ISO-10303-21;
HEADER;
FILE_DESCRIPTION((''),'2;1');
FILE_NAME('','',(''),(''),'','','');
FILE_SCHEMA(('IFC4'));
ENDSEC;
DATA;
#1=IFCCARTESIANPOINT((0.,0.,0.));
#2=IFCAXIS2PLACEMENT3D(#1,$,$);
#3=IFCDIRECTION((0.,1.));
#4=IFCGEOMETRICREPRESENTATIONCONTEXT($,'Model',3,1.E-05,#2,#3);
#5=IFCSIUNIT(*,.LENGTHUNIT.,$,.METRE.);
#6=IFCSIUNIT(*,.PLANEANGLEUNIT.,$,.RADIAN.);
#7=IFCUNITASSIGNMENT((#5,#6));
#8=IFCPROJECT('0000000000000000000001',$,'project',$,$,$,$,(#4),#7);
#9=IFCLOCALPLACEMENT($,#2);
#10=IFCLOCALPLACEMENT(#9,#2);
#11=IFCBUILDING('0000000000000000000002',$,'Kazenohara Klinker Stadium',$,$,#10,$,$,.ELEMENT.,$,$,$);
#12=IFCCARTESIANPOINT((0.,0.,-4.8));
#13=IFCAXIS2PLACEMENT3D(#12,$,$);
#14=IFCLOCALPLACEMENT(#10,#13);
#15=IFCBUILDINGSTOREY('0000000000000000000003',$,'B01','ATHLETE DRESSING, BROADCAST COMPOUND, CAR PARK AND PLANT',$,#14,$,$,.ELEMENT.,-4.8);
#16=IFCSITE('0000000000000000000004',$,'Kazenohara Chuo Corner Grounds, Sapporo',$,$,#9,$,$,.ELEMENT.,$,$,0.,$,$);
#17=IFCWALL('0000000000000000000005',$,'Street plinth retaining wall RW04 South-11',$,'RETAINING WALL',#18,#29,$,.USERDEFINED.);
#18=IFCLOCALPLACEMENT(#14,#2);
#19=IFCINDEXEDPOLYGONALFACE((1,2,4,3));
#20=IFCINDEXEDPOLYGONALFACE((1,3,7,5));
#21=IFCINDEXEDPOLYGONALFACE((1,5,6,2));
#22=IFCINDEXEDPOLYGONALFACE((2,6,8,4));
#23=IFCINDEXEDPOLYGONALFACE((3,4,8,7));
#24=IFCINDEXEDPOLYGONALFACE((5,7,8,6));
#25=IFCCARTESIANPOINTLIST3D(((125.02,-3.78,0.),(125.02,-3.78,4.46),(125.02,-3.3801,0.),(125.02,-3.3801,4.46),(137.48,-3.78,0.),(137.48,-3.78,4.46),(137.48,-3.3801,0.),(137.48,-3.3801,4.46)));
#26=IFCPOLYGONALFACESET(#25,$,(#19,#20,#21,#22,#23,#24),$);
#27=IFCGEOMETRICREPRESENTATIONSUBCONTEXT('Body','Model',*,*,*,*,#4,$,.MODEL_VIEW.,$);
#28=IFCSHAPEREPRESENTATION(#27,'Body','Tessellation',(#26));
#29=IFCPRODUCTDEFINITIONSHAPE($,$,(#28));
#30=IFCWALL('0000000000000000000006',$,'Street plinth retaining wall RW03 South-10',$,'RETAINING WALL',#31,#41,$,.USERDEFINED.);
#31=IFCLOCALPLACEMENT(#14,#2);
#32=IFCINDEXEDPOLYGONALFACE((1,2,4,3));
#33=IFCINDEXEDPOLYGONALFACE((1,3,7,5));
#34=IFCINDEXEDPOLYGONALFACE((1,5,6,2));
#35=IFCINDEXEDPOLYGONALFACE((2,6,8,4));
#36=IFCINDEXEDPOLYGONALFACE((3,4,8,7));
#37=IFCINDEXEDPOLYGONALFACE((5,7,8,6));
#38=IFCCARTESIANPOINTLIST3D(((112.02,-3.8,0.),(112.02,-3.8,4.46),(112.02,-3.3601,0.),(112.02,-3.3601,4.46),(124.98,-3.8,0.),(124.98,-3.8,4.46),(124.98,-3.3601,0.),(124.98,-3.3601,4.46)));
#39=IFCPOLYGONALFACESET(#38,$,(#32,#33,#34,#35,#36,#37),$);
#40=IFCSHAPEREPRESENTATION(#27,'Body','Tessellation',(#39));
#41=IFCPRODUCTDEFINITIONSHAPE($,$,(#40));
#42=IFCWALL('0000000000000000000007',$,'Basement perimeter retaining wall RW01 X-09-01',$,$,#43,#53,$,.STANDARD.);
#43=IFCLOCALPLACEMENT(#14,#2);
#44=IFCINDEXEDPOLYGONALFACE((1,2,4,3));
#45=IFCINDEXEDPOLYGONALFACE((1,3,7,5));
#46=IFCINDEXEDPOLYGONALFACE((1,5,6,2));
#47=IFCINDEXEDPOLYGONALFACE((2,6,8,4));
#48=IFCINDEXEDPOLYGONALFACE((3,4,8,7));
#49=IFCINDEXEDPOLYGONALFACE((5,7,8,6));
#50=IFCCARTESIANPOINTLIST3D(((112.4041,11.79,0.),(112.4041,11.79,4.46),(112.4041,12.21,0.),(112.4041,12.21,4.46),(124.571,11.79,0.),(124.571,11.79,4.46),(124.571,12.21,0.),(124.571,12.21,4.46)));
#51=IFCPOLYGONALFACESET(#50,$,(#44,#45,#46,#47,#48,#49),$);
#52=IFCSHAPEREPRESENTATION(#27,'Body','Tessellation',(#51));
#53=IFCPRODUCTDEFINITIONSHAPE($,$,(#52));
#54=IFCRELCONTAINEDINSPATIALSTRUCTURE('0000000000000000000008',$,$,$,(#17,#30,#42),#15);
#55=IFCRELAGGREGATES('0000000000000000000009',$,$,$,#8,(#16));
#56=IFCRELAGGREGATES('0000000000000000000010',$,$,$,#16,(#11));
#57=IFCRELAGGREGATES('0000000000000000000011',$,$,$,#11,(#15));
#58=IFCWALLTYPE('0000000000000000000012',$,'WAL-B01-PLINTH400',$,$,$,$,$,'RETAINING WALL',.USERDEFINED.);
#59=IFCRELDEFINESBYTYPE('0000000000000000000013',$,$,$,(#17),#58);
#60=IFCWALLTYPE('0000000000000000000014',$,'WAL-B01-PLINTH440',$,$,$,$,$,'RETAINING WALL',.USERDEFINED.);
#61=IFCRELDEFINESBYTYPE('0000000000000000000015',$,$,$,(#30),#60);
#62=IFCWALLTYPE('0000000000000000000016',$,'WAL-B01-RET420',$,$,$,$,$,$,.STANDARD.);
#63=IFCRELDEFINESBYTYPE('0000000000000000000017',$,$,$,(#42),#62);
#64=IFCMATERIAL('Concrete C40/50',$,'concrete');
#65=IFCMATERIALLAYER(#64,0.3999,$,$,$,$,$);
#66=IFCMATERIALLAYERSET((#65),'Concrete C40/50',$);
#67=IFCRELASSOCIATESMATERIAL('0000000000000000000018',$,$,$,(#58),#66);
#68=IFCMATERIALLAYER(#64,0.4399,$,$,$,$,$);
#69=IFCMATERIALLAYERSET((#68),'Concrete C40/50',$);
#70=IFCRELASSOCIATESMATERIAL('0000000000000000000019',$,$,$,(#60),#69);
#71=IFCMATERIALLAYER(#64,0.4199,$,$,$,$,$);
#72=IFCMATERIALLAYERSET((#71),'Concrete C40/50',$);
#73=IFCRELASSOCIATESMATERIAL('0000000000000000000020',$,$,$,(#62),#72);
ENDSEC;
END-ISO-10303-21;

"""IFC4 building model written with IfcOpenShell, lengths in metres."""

from ifc_helpers import new_model, si_unit, direction, frame, frame_2d, origin, place, context, subcontext, project, spatial, rectangle, extrude, material, layer, layer_set, type_object, element, save


model = new_model("IFC4")

# Units and contexts
model_context = context("Model", 3, precision=1e-05, world=origin(), true_north=direction((0.0, 1.0)))
body_context = subcontext(model_context, "Body", "Model", "MODEL_VIEW")
ifc_project = project(units=[si_unit("LENGTHUNIT", "METRE"), si_unit("PLANEANGLEUNIT", "RADIAN")], contexts=[model_context])

# Site, building, storey
site_placement = place(None, origin())
site = spatial("IfcSite", under=ifc_project, at=site_placement, Name="Kazenohara Chuo Corner Grounds, Sapporo", CompositionType="ELEMENT", RefElevation=0.0)
building_placement = place(site_placement, origin())
building = spatial("IfcBuilding", under=site, at=building_placement, Name="Kazenohara Klinker Stadium", CompositionType="ELEMENT")
storey_placement = place(building_placement, frame((0.0, 0.0, -4.8)))
storey = spatial("IfcBuildingStorey", under=building, at=storey_placement, Name="B01", Description="ATHLETE DRESSING, BROADCAST COMPOUND, CAR PARK AND PLANT", CompositionType="ELEMENT", Elevation=-4.8)

# Shared definitions
ifc_material_1 = material(Name="Concrete C40/50", Category="concrete")

# Walls
ifc_layer_1 = layer(ifc_material_1, 0.3999)
ifc_layer_set_1 = layer_set([ifc_layer_1], Name="Concrete C40/50")
wall_type_1 = type_object("IfcWallType", Name="WAL-B01-PLINTH400", ElementType="RETAINING WALL", PredefinedType="USERDEFINED", material=ifc_layer_set_1)
wall_1_placement = place(storey_placement, frame((125.02, -3.5801, 0.0), z_axis=(0.0, 0.0, 1.0), x_axis=(1.0, 0.0, 0.0)))
element("IfcWall", 1, at=wall_1_placement, inside=storey, type_object=wall_type_1, Name="Street plinth retaining wall RW04 South-11", ObjectType="RETAINING WALL", PredefinedType="USERDEFINED", context=body_context, shape_type="SweptSolid", body=[
    extrude(rectangle(XDim=12.46, YDim=0.3999, at=frame_2d((6.23, 0.0))), origin(), (0.0, 0.0, 1.0), 4.46),
])
ifc_layer_2 = layer(ifc_material_1, 0.4399)
ifc_layer_set_2 = layer_set([ifc_layer_2], Name="Concrete C40/50")
wall_type_2 = type_object("IfcWallType", Name="WAL-B01-PLINTH440", ElementType="RETAINING WALL", PredefinedType="USERDEFINED", material=ifc_layer_set_2)
wall_2_placement = place(storey_placement, frame((112.02, -3.5801, 0.0), z_axis=(0.0, 0.0, 1.0), x_axis=(1.0, 0.0, 0.0)))
element("IfcWall", 2, at=wall_2_placement, inside=storey, type_object=wall_type_2, Name="Street plinth retaining wall RW03 South-10", ObjectType="RETAINING WALL", PredefinedType="USERDEFINED", context=body_context, shape_type="SweptSolid", body=[
    extrude(rectangle(XDim=12.96, YDim=0.4399, at=frame_2d((6.48, 0.0))), origin(), (0.0, 0.0, 1.0), 4.46),
])
ifc_layer_3 = layer(ifc_material_1, 0.4199)
ifc_layer_set_3 = layer_set([ifc_layer_3], Name="Concrete C40/50")
wall_type_3 = type_object("IfcWallType", Name="WAL-B01-RET420", PredefinedType="STANDARD", material=ifc_layer_set_3)
wall_3_placement = place(storey_placement, frame((112.4041, 12.0, 0.0), z_axis=(0.0, 0.0, 1.0), x_axis=(1.0, 0.0, 0.0)))
element("IfcWall", 3, at=wall_3_placement, inside=storey, type_object=wall_type_3, Name="Basement perimeter retaining wall RW01 X-09-01", PredefinedType="STANDARD", context=body_context, shape_type="SweptSolid", body=[
    extrude(rectangle(XDim=12.167, YDim=0.4199, at=frame_2d((6.0835, 0.0))), origin(), (0.0, 0.0, 1.0), 4.46),
])

save(model, "model.ifc")
